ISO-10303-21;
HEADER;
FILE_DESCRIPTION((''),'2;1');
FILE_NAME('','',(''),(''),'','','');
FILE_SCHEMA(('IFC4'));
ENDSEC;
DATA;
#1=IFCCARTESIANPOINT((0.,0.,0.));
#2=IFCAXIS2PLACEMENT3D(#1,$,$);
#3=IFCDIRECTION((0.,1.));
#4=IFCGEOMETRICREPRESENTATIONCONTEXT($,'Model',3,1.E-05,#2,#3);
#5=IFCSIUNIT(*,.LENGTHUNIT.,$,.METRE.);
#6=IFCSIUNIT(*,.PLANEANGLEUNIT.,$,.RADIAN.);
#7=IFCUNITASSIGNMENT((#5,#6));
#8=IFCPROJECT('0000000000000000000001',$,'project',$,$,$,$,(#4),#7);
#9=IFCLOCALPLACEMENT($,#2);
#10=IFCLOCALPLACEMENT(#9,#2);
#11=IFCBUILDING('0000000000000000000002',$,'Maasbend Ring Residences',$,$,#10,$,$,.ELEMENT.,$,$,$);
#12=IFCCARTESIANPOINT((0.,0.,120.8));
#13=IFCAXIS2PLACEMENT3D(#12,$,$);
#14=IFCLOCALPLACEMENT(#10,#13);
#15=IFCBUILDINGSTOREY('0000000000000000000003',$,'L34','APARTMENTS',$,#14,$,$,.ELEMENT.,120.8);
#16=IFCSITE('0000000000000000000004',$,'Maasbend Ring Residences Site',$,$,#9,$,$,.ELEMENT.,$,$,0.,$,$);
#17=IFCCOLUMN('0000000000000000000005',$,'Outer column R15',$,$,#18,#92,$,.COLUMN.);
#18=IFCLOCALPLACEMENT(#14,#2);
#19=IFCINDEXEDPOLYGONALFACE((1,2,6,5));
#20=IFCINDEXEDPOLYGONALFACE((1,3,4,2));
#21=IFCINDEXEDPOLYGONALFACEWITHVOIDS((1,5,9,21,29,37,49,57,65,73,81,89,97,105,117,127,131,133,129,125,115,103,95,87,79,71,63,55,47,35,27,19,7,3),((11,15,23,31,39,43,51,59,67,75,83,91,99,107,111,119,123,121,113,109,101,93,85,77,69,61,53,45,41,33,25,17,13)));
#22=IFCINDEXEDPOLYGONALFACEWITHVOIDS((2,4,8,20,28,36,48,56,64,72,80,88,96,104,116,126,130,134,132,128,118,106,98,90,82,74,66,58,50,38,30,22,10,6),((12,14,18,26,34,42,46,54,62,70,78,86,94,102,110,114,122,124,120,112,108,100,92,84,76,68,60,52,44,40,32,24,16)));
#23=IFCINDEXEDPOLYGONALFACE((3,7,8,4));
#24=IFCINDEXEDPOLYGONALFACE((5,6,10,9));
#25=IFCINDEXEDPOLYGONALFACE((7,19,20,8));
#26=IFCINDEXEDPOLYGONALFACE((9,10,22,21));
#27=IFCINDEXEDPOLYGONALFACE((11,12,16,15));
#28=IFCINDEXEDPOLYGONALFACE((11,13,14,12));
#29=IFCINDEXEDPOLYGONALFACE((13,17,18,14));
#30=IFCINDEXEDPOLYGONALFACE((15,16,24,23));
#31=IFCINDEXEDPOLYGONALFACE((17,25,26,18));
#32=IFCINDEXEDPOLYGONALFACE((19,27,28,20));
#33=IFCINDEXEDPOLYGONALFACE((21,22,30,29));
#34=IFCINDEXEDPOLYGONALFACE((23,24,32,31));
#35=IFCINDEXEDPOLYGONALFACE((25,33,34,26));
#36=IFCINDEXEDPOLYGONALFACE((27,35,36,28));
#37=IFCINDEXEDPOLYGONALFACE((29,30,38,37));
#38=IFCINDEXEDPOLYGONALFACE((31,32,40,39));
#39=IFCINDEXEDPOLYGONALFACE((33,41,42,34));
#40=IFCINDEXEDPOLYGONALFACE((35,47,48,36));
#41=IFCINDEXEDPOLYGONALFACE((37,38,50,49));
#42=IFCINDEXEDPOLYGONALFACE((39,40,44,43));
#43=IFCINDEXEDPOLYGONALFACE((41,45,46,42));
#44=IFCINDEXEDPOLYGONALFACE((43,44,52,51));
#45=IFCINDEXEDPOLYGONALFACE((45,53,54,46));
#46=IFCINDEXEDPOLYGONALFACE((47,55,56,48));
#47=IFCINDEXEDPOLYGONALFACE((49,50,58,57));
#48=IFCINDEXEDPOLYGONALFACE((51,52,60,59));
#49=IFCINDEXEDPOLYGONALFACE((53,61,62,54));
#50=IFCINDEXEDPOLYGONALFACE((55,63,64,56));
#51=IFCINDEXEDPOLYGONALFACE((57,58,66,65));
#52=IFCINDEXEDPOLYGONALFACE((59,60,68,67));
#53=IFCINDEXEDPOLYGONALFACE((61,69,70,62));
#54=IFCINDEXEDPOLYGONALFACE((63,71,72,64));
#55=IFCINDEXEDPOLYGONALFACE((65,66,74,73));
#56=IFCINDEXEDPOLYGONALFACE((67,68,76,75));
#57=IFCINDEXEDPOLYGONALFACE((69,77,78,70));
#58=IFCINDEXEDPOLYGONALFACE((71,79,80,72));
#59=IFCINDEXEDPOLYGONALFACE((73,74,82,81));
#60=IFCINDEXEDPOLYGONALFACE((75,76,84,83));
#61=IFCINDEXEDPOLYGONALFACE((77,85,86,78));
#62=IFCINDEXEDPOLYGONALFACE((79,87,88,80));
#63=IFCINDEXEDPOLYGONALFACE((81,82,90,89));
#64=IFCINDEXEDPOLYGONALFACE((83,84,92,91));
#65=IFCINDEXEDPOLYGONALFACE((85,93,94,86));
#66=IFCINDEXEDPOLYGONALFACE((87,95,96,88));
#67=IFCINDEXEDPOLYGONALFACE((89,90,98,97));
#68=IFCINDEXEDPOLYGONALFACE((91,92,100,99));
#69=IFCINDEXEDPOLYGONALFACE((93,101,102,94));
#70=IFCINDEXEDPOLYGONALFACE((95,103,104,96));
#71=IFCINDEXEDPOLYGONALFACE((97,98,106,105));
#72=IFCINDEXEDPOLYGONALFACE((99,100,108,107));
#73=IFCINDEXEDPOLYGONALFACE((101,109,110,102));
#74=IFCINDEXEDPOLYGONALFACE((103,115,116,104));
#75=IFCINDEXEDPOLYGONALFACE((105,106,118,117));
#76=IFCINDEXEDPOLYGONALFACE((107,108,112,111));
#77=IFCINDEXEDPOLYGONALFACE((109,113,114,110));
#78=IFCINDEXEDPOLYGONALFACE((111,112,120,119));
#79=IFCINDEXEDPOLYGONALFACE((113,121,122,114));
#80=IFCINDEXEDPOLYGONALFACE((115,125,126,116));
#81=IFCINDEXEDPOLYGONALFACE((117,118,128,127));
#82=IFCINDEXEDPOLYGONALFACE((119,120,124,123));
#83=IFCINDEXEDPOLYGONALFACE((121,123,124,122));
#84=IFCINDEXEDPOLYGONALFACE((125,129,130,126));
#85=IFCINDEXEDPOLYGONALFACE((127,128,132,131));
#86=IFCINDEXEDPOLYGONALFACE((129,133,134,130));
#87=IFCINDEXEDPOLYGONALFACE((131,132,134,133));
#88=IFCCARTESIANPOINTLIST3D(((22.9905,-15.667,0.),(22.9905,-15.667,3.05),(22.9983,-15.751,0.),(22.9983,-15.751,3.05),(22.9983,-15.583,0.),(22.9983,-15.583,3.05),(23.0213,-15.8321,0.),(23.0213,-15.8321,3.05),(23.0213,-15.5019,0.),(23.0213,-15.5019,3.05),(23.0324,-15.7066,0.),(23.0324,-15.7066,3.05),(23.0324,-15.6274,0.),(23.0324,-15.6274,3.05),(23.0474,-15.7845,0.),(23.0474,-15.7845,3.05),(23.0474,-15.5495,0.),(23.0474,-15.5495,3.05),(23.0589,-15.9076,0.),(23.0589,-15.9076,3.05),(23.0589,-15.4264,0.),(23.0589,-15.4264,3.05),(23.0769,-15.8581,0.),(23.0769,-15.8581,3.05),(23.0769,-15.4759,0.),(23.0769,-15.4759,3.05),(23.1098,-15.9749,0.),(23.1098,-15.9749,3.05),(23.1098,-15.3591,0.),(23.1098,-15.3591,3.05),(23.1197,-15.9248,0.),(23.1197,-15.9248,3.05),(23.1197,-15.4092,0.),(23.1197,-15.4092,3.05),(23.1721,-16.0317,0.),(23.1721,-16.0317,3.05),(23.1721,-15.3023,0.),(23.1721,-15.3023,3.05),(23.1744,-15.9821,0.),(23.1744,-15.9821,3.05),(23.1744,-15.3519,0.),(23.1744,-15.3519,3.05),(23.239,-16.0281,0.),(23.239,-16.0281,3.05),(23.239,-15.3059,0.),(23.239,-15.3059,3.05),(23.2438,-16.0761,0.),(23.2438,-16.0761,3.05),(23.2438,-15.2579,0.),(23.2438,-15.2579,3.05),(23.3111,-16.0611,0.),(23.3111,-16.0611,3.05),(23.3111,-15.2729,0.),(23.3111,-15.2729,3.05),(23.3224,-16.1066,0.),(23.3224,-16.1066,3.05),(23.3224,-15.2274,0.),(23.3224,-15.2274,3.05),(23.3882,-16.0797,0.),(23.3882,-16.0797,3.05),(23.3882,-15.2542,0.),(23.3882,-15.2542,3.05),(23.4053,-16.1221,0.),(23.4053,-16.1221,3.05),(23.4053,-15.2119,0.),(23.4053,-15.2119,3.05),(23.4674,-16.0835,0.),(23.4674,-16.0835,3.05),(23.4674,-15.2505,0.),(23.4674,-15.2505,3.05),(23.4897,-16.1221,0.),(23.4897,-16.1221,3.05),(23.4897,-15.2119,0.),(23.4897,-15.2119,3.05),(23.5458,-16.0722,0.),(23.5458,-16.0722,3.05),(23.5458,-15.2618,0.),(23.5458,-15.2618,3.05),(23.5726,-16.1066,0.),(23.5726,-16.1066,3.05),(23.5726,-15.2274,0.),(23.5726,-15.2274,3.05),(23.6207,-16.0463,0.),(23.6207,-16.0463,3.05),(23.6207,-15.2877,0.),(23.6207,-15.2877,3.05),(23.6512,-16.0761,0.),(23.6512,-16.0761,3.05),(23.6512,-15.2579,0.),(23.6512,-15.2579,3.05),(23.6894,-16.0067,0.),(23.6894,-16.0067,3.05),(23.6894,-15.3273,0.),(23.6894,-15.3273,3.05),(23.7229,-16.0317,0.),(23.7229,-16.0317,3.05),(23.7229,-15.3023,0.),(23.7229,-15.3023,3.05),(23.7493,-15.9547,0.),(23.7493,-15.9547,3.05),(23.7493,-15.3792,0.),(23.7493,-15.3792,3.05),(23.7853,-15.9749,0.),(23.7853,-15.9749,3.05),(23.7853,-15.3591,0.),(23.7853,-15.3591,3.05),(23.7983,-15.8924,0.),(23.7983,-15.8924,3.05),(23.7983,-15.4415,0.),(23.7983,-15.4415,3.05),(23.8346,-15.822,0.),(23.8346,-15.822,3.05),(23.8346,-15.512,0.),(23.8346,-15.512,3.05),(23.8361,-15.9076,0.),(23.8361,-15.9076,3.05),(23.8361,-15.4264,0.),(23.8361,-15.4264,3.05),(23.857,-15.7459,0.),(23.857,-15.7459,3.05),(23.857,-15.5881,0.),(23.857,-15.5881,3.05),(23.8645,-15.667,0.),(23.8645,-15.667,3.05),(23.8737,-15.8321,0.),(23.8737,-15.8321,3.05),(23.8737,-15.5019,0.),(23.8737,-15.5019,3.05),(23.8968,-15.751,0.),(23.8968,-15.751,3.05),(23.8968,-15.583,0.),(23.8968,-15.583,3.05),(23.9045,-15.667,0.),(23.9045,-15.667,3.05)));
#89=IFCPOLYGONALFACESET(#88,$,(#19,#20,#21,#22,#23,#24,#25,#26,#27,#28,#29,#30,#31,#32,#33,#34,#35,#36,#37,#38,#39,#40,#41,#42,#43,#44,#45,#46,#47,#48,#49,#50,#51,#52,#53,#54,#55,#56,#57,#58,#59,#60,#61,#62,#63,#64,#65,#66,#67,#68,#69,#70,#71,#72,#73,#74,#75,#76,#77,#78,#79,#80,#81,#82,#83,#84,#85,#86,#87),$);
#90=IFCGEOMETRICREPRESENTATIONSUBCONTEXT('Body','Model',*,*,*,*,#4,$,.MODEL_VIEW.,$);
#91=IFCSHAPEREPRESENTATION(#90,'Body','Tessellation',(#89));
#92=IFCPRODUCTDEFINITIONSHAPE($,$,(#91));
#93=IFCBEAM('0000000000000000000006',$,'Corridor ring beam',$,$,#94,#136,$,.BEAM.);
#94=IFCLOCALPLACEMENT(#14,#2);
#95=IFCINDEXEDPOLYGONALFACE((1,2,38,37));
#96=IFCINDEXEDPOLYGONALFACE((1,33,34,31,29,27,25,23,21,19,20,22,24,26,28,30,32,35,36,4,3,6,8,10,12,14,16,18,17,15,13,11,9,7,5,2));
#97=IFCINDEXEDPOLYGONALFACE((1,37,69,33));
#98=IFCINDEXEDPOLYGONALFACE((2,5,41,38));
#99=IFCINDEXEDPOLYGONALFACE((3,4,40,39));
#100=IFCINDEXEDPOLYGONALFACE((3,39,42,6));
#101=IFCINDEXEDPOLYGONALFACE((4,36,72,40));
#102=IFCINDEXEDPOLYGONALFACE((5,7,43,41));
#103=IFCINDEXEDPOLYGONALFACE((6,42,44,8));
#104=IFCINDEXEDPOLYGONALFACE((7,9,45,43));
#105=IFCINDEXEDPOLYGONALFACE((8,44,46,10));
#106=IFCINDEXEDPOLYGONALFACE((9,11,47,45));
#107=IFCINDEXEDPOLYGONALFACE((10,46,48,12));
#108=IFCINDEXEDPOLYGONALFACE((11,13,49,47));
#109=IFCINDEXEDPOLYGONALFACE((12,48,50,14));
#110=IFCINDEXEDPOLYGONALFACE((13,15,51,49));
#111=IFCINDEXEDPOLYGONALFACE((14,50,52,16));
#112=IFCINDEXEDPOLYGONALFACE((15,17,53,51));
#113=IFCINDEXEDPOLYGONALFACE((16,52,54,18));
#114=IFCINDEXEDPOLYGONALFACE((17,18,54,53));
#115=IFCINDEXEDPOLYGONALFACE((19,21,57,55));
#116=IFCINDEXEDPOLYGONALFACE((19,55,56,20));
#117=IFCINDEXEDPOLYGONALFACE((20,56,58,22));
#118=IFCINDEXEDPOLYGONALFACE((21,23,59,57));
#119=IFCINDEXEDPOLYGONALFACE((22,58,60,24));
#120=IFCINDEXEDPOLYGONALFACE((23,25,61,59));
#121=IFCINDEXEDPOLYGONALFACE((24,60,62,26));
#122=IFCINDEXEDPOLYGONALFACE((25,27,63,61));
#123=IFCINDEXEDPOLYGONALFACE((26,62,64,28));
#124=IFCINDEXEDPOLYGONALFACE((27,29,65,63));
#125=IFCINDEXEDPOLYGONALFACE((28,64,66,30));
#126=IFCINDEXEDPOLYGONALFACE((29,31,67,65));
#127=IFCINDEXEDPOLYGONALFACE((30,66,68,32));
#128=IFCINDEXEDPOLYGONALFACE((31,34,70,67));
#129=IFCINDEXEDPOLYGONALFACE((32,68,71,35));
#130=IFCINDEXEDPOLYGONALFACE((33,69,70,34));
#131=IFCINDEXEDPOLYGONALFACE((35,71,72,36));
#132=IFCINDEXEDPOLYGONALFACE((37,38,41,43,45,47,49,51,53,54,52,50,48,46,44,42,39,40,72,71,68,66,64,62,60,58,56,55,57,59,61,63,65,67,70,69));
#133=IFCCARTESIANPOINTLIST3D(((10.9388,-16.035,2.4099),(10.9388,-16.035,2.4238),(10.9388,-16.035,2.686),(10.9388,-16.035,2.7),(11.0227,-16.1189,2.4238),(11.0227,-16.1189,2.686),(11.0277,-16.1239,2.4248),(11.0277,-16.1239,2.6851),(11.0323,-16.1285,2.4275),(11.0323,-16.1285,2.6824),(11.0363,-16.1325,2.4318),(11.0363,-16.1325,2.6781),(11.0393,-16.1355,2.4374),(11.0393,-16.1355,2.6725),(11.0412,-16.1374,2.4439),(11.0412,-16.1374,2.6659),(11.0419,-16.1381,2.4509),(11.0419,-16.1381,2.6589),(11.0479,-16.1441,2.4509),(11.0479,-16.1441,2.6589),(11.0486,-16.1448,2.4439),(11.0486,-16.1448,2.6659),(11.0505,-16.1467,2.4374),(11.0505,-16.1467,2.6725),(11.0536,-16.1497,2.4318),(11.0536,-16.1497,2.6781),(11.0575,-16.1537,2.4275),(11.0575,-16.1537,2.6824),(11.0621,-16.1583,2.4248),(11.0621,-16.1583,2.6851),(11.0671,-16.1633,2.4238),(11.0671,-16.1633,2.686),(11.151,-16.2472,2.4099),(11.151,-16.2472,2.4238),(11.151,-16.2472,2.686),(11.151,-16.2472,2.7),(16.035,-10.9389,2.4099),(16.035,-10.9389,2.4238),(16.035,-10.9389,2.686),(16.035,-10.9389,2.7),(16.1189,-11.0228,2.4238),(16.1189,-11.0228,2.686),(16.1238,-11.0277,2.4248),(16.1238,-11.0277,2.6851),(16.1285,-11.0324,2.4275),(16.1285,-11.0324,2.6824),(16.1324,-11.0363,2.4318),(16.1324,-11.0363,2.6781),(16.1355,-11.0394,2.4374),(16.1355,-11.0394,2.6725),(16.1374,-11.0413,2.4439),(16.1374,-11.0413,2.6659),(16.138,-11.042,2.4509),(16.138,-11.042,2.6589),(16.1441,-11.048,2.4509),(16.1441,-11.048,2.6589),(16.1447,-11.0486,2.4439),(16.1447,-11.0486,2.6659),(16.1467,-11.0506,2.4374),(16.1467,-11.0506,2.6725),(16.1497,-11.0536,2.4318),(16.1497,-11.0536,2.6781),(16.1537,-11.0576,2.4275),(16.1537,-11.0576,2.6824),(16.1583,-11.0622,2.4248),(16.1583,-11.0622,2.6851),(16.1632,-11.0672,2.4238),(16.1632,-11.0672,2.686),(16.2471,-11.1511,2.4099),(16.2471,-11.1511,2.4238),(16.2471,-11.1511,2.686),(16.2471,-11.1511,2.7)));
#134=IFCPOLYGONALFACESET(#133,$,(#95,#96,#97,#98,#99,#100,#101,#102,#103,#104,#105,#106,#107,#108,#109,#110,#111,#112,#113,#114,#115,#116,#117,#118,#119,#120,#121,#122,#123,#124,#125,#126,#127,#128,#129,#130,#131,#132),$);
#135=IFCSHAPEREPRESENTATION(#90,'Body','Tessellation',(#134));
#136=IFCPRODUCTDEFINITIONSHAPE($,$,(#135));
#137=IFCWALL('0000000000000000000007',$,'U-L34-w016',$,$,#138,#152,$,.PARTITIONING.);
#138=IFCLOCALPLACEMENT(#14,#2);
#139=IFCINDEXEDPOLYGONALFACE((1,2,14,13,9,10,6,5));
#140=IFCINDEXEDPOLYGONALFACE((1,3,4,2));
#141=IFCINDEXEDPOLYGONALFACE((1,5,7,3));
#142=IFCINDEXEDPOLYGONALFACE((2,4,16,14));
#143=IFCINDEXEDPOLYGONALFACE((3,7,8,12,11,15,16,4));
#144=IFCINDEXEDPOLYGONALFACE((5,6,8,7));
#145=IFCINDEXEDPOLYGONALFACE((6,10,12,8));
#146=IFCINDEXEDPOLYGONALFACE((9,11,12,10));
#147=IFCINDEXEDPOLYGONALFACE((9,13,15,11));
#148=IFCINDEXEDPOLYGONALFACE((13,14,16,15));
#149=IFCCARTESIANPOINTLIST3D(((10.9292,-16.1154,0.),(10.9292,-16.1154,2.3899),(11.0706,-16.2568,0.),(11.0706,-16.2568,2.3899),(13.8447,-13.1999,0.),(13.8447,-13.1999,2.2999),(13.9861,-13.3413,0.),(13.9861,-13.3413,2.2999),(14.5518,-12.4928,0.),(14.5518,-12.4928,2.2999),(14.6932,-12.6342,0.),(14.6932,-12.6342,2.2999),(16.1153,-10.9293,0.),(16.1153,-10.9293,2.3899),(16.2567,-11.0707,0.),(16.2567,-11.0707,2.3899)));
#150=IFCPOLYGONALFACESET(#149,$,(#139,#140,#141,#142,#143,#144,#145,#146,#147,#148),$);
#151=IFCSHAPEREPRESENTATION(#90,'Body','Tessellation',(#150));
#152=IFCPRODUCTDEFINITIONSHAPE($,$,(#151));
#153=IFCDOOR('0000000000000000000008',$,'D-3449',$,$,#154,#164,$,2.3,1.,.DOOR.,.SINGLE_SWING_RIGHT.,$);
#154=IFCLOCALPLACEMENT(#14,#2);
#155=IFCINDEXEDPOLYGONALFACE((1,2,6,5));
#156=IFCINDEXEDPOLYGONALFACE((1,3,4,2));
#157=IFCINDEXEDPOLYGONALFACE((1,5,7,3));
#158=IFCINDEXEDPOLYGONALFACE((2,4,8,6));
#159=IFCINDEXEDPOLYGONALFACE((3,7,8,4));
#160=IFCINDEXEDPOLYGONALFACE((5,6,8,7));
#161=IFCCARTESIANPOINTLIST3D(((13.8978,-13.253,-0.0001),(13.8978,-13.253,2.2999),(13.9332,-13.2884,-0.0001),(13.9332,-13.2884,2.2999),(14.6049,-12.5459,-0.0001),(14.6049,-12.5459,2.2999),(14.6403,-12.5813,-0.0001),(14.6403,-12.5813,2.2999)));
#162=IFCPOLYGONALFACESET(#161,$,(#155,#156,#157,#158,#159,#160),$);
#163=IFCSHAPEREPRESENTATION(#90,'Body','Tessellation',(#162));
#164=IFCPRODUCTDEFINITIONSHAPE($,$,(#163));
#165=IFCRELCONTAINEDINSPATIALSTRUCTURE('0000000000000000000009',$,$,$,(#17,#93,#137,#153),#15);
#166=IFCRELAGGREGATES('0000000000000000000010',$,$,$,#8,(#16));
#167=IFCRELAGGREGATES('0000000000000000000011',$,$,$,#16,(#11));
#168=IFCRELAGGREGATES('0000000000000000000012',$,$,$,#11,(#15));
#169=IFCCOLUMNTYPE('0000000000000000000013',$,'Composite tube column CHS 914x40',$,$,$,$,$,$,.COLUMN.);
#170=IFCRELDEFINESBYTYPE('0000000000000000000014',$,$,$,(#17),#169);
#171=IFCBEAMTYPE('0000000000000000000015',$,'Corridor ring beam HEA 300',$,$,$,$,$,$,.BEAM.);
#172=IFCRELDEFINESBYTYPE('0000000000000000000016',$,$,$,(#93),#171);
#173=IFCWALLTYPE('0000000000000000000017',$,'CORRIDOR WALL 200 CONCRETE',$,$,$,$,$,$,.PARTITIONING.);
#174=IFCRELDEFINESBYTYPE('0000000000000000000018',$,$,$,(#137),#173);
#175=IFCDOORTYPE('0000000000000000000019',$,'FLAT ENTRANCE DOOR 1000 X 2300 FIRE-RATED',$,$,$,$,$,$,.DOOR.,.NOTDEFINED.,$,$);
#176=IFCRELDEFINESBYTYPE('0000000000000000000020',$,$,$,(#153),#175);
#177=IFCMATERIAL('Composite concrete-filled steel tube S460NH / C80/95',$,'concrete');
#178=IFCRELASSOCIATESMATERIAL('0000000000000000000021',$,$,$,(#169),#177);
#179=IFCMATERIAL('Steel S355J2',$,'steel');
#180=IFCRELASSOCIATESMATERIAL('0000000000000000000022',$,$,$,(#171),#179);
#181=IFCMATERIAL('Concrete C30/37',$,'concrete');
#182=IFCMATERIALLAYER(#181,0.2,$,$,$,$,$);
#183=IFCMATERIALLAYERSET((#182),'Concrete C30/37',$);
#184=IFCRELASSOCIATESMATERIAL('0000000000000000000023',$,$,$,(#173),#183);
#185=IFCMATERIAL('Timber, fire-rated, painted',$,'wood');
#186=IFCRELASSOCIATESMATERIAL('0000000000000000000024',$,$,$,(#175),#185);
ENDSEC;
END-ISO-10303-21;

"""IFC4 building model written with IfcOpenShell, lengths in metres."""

from ifc_helpers import new_model, si_unit, direction, frame, frame_2d, origin, origin_2d, place, context, subcontext, project, spatial, rectangle, hollow_circle, i_section, extrude, material, layer, layer_set, material_profile, profile_set, type_object, element, fill, save


model = new_model("IFC4")

# Units and contexts
model_context = context("Model", 3, precision=1e-05, world=origin(), true_north=direction((0.0, 1.0)))
body_context = subcontext(model_context, "Body", "Model", "MODEL_VIEW")
ifc_project = project(units=[si_unit("LENGTHUNIT", "METRE"), si_unit("PLANEANGLEUNIT", "RADIAN")], contexts=[model_context])

# Site, building, storey
site_placement = place(None, origin())
site = spatial("IfcSite", under=ifc_project, at=site_placement, Name="Maasbend Ring Residences Site", CompositionType="ELEMENT", RefElevation=0.0)
building_placement = place(site_placement, origin())
building = spatial("IfcBuilding", under=site, at=building_placement, Name="Maasbend Ring Residences", CompositionType="ELEMENT")
storey_placement = place(building_placement, frame((0.0, 0.0, 120.8)))
storey = spatial("IfcBuildingStorey", under=building, at=storey_placement, Name="L34", Description="APARTMENTS", CompositionType="ELEMENT", Elevation=120.8)

# Column
ifc_material_1 = material(Name="Composite concrete-filled steel tube S460NH / C80/95", Category="concrete")
ifc_material_profile_1 = material_profile(ifc_material_1, hollow_circle(Radius=0.457, WallThickness=0.04, at=origin_2d()), Name="Composite tube column CHS 914x40")
ifc_profile_set_1 = profile_set([ifc_material_profile_1], Name="Composite concrete-filled steel tube S460NH / C80/95")
column_type = type_object("IfcColumnType", Name="Composite tube column CHS 914x40", PredefinedType="COLUMN", material=ifc_profile_set_1)
column_placement = place(storey_placement, frame((23.4475, -15.667, 0.0), z_axis=(0.0, 0.0, 1.0), x_axis=(1.0, 0.0, 0.0)))
element("IfcColumn", 1, at=column_placement, inside=storey, type_object=column_type, Name="Outer column R15", PredefinedType="COLUMN", context=body_context, shape_type="SweptSolid", body=[
    extrude(hollow_circle(Radius=0.457, WallThickness=0.04, at=origin_2d()), origin(), (0.0, 0.0, 1.0), 3.05),
])

# Beam
ifc_material_2 = material(Name="Steel S355J2", Category="steel")
ifc_material_profile_2 = material_profile(ifc_material_2, i_section(OverallWidth=0.3, OverallDepth=0.29, WebThickness=0.0085, FlangeThickness=0.0139, FilletRadius=0.0271, at=origin_2d()), Name="HEA 300")
ifc_profile_set_2 = profile_set([ifc_material_profile_2], Name="Steel S355J2")
beam_type = type_object("IfcBeamType", Name="Corridor ring beam HEA 300", PredefinedType="BEAM", material=ifc_profile_set_2)
beam_placement = place(storey_placement, frame((11.0449, -16.1411, 2.5549), z_axis=(0.707107, 0.707107, 0.0), x_axis=(-0.707107, 0.707107, 0.0)))
element("IfcBeam", 2, at=beam_placement, inside=storey, type_object=beam_type, Name="Corridor ring beam", PredefinedType="BEAM", context=body_context, shape_type="SweptSolid", body=[
    extrude(i_section(OverallWidth=0.3, OverallDepth=0.29, WebThickness=0.0085, FlangeThickness=0.0139, FilletRadius=0.0271, at=origin_2d()), origin(), (0.0, 0.0, 1.0), 7.207),
])

# Wall, opening, door
ifc_material_3 = material(Name="Concrete C30/37", Category="concrete")
ifc_layer_1 = layer(ifc_material_3, 0.2)
ifc_layer_set_1 = layer_set([ifc_layer_1], Name="Concrete C30/37")
wall_type_1 = type_object("IfcWallType", Name="CORRIDOR WALL 200 CONCRETE", PredefinedType="PARTITIONING", material=ifc_layer_set_1)
wall_1_placement = place(storey_placement, frame((11.0, -16.186, 0.0), z_axis=(0.0, 0.0, 1.0), x_axis=(0.707107, 0.707107, 0.0)))
wall_1 = element("IfcWall", 3, at=wall_1_placement, inside=storey, type_object=wall_type_1, Name="U-L34-w016", PredefinedType="PARTITIONING", context=body_context, shape_type="SweptSolid", body=[
    extrude(rectangle(XDim=7.3342, YDim=0.2, at=frame_2d((3.667, 0.0))), origin(), (0.0, 0.0, 1.0), 2.3899),
])
opening_1_placement = place(wall_1_placement, frame((4.123, 0.0, 0.0)))
opening_1 = element("IfcOpeningElement", 4, at=opening_1_placement, cuts=wall_1, PredefinedType="OPENING", context=body_context, shape_type="SweptSolid", body=[
    extrude(rectangle(XDim=1.0, YDim=2.3, at=frame_2d((0.5, 1.1499))), frame((0.0, 0.1099, 0.0), z_axis=(0.0, -1.0, 0.0), x_axis=(1.0, 0.0, 0.0)), (0.0, 0.0, 1.0), 0.22),
])
ifc_material_4 = material(Name="Timber, fire-rated, painted", Category="wood")
door_type_1 = type_object("IfcDoorType", Name="FLAT ENTRANCE DOOR 1000 X 2300 FIRE-RATED", OperationType="NOTDEFINED", PredefinedType="DOOR", material=ifc_material_4)
door_1_placement = place(opening_1_placement, origin())
door_1 = element("IfcDoor", 5, at=door_1_placement, inside=storey, type_object=door_type_1, Name="D-3449", OperationType="SINGLE_SWING_RIGHT", OverallHeight=2.3, OverallWidth=1.0, PredefinedType="DOOR", context=body_context, shape_type="SweptSolid", body=[
    extrude(rectangle(XDim=1.0, YDim=2.3, at=frame_2d((0.5, 1.1499))), frame((0.0, 0.0249, 0.0), z_axis=(0.0, -1.0, 0.0), x_axis=(1.0, 0.0, 0.0)), (0.0, 0.0, 1.0), 0.05),
])
fill(opening_1, door_1)

save(model, "model.ifc")
